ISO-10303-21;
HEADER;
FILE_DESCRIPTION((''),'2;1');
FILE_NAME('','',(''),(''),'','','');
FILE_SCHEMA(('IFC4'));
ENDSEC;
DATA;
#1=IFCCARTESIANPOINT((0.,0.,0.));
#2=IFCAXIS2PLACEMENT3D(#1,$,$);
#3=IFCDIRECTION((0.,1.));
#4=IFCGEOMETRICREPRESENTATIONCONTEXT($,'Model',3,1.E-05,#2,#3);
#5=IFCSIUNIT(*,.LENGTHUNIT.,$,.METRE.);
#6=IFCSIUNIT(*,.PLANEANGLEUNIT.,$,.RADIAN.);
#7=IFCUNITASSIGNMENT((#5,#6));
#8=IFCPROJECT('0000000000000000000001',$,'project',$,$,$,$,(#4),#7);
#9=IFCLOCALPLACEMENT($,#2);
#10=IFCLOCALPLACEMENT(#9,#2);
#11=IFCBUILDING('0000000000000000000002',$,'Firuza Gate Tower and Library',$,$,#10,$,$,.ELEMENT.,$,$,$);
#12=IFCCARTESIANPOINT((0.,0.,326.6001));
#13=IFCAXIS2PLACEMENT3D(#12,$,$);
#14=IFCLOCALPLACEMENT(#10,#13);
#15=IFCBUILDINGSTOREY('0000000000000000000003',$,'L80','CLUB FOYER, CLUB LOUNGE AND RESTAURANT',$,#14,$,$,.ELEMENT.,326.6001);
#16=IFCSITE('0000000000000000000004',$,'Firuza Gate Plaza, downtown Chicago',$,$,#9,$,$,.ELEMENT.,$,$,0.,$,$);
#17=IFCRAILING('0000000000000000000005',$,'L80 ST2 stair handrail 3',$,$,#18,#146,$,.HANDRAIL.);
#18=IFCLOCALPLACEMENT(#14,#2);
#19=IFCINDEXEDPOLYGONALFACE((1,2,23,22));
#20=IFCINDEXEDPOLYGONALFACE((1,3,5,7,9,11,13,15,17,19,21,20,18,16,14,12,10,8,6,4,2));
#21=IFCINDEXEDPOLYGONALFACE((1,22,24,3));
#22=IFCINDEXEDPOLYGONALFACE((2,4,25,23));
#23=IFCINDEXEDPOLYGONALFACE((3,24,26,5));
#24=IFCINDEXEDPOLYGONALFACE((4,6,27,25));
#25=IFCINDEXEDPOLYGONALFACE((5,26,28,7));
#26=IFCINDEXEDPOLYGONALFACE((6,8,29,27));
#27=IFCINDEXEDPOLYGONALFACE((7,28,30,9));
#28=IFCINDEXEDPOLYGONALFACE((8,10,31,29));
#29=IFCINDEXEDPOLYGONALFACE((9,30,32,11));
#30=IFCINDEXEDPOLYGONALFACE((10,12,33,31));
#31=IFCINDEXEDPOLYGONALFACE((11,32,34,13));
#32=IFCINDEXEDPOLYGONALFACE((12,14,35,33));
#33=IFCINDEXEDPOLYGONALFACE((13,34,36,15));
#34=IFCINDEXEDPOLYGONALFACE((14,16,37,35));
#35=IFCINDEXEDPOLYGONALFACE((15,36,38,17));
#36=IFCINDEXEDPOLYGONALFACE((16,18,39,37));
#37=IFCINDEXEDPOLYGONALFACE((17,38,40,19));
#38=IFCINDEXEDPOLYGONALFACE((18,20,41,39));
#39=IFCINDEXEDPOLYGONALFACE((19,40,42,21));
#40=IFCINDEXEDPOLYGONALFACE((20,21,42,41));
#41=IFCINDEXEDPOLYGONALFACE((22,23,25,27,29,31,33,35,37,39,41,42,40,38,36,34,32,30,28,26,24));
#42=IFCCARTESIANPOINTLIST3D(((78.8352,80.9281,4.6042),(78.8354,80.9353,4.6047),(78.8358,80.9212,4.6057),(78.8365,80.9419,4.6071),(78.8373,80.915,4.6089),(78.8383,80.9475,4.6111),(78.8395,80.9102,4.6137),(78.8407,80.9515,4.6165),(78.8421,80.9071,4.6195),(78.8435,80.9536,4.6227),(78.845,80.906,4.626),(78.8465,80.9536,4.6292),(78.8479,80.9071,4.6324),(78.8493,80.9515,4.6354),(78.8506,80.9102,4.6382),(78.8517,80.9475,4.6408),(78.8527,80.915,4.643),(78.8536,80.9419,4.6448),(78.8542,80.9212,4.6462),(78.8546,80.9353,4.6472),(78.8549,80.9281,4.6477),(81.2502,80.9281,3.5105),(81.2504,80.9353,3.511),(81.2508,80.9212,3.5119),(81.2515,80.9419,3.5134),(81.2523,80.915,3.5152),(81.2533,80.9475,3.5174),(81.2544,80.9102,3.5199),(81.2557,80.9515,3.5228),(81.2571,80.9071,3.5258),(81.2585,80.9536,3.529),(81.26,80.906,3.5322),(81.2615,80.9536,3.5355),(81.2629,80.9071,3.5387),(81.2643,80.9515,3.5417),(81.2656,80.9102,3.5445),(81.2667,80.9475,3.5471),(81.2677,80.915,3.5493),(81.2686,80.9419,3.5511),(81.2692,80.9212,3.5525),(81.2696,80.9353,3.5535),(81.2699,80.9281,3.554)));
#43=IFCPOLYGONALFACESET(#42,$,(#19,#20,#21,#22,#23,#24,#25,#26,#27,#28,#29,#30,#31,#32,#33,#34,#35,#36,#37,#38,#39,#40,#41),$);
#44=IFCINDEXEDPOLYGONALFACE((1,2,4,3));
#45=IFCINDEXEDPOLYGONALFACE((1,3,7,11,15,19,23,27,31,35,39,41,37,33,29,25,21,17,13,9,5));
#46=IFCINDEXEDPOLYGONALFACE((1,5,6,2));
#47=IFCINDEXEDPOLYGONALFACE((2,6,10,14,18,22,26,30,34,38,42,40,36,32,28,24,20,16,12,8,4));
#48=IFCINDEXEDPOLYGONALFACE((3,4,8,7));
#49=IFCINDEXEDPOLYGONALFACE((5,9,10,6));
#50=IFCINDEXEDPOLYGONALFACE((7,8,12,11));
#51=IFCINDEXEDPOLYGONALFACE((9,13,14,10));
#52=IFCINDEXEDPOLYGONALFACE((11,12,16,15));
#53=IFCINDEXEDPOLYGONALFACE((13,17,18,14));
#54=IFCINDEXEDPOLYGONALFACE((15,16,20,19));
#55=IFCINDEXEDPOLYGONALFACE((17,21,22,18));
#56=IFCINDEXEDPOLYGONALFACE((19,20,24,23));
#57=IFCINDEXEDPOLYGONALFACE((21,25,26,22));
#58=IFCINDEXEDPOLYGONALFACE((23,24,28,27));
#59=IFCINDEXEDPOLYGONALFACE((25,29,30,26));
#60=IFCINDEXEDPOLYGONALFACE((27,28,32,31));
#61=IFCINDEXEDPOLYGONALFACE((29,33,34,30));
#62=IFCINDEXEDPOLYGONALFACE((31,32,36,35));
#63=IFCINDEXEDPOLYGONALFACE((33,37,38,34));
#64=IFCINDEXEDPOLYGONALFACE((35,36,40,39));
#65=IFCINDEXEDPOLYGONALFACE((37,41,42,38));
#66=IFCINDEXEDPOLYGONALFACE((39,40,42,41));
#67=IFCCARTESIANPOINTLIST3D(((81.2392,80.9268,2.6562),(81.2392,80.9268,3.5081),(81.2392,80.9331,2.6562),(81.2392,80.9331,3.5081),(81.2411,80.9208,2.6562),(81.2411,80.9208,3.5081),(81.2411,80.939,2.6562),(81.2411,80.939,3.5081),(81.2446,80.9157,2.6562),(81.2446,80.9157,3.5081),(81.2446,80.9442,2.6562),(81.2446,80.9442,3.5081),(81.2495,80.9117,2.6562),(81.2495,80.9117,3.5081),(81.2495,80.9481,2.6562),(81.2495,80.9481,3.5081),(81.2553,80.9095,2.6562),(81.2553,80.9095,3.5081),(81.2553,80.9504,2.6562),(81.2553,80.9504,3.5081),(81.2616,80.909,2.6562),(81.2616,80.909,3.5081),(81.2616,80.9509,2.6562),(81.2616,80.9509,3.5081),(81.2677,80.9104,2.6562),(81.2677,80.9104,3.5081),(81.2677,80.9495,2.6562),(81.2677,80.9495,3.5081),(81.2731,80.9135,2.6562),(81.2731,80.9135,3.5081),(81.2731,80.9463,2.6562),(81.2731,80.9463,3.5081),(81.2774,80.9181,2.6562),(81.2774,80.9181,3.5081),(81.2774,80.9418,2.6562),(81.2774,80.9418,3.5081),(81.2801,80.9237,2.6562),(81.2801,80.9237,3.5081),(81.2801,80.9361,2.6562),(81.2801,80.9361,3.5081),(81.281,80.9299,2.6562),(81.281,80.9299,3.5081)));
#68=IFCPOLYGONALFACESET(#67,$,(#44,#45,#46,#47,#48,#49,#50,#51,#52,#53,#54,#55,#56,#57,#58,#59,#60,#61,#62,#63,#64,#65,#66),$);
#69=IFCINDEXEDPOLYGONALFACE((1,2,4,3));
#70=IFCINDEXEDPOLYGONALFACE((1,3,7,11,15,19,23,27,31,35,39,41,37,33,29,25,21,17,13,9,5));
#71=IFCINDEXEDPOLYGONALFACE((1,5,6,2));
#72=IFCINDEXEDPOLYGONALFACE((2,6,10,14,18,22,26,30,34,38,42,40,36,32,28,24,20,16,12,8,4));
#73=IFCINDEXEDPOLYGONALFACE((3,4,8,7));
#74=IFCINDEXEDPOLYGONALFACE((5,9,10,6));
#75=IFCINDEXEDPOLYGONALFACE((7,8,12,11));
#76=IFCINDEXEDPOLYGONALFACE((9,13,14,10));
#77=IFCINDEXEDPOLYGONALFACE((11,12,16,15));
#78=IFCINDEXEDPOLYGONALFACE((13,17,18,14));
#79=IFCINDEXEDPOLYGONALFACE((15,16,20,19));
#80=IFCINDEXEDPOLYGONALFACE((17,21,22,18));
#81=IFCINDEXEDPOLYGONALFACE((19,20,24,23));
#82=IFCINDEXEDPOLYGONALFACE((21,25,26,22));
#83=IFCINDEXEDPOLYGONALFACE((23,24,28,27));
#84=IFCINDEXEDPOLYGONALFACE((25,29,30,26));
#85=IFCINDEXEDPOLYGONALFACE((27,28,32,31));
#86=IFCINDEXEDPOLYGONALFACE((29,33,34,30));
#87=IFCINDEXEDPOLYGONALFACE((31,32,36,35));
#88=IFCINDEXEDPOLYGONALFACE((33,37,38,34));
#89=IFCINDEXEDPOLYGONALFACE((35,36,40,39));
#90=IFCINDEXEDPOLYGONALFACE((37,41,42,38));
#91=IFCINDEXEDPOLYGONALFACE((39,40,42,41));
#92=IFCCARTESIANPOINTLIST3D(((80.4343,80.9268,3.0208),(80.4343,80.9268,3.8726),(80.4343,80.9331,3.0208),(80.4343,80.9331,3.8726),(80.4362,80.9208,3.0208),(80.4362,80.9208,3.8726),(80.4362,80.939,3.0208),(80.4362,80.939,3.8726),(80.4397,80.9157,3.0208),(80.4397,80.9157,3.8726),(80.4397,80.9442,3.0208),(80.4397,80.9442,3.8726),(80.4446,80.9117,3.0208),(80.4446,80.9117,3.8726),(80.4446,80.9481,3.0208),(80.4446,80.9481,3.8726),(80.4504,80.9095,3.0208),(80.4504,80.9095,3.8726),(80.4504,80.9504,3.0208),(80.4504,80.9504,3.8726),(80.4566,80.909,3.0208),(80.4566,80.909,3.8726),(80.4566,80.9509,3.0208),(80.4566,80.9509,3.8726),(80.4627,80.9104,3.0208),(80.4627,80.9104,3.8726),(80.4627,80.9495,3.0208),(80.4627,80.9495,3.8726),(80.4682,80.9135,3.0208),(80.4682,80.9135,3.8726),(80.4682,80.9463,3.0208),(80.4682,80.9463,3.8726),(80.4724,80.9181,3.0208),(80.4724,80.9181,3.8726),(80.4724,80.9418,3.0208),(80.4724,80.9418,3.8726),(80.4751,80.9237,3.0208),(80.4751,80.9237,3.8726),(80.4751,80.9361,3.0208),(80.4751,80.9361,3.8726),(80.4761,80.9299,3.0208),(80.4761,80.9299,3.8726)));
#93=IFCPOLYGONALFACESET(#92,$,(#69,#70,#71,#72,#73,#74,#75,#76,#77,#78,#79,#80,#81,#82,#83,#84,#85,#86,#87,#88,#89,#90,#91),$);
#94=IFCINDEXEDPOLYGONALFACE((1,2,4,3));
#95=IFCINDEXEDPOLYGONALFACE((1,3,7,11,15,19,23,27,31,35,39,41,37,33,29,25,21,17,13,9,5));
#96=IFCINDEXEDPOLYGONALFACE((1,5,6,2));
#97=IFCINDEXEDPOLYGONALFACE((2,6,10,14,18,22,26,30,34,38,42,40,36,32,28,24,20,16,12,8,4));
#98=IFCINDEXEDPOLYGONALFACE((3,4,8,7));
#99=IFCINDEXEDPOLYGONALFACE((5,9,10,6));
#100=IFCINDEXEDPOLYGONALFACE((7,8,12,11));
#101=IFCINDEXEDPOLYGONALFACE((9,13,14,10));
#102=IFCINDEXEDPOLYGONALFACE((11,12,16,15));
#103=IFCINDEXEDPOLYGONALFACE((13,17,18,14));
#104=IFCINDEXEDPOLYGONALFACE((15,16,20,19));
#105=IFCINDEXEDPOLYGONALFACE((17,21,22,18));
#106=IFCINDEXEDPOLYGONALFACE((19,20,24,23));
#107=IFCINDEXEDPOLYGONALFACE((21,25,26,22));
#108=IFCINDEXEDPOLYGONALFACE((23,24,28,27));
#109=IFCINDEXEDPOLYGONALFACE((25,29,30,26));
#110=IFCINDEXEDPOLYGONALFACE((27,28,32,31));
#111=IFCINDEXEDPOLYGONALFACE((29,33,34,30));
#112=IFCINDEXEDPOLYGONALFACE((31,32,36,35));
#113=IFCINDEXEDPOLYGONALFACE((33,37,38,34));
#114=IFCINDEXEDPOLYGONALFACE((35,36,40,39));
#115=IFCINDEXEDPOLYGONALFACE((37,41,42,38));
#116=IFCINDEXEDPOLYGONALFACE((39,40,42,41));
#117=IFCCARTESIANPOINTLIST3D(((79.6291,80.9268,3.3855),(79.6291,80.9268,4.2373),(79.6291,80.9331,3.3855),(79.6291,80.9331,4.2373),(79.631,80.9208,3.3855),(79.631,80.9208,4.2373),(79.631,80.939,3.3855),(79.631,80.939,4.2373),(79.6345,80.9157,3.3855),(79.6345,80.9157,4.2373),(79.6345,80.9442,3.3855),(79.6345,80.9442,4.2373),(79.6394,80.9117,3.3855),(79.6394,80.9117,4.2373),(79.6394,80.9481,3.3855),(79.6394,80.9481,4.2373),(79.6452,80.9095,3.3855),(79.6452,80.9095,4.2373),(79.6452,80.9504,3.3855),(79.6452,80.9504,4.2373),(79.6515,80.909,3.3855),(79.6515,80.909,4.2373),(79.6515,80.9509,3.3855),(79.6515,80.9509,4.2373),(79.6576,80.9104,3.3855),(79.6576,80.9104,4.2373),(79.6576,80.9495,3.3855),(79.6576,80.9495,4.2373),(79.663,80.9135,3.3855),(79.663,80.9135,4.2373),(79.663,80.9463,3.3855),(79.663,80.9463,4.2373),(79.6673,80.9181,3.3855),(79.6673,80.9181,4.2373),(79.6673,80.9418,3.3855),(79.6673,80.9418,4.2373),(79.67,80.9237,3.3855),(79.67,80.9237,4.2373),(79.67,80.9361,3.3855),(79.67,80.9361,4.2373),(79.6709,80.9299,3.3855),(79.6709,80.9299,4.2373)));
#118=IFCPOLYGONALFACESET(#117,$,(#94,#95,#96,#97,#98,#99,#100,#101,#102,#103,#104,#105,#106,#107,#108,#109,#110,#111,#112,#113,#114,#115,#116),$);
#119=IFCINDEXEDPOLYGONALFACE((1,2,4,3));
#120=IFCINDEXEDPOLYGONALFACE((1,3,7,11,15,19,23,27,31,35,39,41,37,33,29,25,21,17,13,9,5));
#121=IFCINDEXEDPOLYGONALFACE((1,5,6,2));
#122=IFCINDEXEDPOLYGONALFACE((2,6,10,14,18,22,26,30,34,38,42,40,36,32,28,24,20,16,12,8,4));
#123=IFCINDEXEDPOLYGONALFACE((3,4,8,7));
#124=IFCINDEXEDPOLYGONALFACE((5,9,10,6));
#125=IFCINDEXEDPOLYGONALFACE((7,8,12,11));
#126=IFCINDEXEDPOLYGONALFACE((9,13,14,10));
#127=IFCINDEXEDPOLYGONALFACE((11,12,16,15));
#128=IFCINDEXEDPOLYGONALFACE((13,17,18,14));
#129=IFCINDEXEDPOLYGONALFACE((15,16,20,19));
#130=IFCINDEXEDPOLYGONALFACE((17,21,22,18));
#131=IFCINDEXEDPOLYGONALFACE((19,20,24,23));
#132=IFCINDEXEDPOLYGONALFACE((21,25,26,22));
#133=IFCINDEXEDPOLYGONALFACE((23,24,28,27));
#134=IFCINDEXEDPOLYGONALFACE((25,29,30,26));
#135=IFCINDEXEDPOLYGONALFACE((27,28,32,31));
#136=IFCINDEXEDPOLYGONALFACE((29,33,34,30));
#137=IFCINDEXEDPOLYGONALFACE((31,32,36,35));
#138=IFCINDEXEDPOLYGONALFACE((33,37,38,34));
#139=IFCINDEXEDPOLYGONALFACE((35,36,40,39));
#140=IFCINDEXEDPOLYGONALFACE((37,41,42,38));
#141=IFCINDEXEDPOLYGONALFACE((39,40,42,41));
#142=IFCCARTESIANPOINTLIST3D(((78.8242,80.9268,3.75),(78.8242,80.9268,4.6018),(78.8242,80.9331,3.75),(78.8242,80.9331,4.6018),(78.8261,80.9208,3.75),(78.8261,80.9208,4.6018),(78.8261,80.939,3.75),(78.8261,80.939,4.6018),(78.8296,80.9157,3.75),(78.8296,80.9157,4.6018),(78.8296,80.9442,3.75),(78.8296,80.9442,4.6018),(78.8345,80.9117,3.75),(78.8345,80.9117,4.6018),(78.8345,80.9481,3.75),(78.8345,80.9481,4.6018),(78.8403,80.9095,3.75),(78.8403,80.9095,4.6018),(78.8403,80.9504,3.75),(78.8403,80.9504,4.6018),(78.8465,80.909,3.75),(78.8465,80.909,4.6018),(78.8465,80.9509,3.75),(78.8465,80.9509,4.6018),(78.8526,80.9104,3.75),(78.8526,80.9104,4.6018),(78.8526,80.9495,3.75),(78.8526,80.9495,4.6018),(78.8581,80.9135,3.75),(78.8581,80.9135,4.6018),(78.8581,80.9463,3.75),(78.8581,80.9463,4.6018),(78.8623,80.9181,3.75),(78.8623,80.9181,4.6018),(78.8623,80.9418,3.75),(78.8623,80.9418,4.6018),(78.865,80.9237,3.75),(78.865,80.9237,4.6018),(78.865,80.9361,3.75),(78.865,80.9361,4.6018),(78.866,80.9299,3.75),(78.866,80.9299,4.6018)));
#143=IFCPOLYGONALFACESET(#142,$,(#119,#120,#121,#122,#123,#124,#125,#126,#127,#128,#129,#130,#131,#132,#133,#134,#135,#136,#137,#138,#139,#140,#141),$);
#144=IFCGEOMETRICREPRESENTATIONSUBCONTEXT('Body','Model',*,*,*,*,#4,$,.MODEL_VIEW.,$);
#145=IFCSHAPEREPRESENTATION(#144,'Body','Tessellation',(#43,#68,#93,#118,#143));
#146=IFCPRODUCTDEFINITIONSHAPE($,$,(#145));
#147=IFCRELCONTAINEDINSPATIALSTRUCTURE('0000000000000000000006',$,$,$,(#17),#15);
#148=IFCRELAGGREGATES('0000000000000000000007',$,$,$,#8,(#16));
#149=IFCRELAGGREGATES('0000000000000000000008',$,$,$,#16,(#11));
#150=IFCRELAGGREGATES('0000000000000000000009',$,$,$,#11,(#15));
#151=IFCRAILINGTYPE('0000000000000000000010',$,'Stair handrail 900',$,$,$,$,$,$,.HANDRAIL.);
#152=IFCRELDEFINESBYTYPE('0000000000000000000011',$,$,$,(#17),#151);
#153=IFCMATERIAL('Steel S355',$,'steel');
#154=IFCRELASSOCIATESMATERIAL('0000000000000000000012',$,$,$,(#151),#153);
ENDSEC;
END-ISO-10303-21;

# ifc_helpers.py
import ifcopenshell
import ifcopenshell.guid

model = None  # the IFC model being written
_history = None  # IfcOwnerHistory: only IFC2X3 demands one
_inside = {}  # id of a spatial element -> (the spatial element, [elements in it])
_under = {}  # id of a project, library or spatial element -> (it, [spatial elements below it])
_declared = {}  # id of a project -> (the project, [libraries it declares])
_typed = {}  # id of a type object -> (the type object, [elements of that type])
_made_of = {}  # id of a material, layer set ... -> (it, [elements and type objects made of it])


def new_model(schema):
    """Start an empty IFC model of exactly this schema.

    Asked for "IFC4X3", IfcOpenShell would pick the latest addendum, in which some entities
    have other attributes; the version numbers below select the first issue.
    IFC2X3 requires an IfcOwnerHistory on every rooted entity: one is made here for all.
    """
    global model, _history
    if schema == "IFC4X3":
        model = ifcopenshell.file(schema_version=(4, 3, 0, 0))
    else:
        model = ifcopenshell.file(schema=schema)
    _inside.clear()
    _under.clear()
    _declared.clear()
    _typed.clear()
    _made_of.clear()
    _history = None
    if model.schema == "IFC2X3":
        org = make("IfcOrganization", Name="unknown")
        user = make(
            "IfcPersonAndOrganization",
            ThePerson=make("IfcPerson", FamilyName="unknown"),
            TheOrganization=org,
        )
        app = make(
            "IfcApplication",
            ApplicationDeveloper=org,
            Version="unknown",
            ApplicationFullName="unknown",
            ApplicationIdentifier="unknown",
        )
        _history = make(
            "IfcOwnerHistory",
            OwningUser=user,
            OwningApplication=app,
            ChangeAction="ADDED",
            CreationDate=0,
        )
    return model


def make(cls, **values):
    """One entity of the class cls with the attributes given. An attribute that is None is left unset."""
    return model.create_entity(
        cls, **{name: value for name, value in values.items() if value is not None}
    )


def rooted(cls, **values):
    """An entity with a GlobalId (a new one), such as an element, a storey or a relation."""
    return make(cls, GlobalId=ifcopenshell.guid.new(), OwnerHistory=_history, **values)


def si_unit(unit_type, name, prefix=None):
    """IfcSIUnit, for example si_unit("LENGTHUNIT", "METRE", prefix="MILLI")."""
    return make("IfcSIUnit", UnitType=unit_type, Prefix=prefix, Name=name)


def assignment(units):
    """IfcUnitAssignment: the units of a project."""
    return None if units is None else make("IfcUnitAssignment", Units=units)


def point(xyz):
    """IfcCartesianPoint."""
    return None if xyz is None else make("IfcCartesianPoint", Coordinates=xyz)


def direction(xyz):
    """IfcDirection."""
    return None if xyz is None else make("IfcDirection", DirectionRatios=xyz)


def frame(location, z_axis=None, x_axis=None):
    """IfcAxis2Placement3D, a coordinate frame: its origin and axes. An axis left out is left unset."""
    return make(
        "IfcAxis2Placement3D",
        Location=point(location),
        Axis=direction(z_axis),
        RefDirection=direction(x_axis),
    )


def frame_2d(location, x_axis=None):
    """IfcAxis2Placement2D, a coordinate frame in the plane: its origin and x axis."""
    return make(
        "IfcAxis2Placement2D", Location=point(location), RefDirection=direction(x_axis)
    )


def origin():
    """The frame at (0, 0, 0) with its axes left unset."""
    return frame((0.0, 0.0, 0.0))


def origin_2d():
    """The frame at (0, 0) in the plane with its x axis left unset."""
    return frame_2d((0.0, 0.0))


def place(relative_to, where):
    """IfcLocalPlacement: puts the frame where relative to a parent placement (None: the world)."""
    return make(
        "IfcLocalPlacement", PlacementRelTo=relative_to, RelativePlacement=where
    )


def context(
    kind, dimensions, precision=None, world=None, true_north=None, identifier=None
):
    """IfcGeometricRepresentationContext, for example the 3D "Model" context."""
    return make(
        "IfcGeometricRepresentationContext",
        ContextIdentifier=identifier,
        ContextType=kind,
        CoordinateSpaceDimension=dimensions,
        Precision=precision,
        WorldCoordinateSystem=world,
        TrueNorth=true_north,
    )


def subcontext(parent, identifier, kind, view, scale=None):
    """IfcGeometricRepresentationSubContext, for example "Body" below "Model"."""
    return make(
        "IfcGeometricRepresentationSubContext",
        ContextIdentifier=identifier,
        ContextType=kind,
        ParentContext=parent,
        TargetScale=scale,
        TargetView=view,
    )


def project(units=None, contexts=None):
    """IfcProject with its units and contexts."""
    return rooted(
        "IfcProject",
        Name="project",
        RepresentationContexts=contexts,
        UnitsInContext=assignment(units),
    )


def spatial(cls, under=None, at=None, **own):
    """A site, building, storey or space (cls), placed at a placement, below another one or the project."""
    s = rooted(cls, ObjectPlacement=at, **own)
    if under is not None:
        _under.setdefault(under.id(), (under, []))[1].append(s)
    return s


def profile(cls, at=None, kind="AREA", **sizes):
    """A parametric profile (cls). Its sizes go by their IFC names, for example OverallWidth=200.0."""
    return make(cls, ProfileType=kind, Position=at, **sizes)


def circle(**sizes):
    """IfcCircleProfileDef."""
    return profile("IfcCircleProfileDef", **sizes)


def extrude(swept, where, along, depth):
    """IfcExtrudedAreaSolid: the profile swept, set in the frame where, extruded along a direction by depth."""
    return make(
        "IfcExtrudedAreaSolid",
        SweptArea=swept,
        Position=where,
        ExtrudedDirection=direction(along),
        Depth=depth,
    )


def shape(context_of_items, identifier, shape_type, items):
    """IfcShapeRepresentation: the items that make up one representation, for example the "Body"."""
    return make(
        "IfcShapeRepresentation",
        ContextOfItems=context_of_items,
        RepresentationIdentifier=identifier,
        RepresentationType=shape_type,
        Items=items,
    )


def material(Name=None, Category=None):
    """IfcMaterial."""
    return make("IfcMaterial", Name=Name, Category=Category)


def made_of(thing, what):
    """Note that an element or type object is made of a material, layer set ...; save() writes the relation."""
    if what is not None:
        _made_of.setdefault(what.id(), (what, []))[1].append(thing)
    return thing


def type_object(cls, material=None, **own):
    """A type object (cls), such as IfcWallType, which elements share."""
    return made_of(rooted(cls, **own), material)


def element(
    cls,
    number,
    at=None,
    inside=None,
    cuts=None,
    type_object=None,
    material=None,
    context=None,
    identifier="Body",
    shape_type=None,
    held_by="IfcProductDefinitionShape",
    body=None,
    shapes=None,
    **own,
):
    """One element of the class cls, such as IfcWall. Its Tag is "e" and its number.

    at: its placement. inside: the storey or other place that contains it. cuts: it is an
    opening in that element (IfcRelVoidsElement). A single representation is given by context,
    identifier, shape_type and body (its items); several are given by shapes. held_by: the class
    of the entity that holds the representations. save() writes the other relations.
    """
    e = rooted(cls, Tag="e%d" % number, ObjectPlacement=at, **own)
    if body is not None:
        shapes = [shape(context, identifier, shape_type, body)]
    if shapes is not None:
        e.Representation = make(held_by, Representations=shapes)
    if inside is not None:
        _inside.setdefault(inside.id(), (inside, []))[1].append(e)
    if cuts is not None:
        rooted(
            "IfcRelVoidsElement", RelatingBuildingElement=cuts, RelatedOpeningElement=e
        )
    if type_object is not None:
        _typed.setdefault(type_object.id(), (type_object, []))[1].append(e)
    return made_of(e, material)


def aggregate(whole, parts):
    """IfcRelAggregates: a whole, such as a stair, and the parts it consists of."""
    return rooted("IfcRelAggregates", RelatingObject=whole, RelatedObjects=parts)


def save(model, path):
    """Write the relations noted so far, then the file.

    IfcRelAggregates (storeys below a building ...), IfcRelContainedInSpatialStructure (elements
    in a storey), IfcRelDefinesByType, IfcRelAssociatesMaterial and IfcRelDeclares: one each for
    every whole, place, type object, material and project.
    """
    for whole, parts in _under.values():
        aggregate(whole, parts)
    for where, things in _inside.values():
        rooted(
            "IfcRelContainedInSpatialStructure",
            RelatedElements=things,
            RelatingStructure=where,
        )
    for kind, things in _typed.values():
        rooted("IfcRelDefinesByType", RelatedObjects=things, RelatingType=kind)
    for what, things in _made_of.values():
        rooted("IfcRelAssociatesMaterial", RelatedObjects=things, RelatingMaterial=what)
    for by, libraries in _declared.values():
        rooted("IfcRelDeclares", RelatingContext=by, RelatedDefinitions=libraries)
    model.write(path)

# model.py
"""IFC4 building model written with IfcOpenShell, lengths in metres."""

from ifc_helpers import new_model, si_unit, direction, frame, origin, origin_2d, place, context, subcontext, project, spatial, circle, extrude, material, type_object, element, save


model = new_model("IFC4")

# Units and contexts
model_context = context("Model", 3, precision=1e-05, world=origin(), true_north=direction((0.0, 1.0)))
body_context = subcontext(model_context, "Body", "Model", "MODEL_VIEW")
ifc_project = project(units=[si_unit("LENGTHUNIT", "METRE"), si_unit("PLANEANGLEUNIT", "RADIAN")], contexts=[model_context])

# Site, building, storey
site_placement = place(None, origin())
site = spatial("IfcSite", under=ifc_project, at=site_placement, Name="Firuza Gate Plaza, downtown Chicago", CompositionType="ELEMENT", RefElevation=0.0)
building_placement = place(site_placement, origin())
building = spatial("IfcBuilding", under=site, at=building_placement, Name="Firuza Gate Tower and Library", CompositionType="ELEMENT")
storey_placement = place(building_placement, frame((0.0, 0.0, 326.6001)))
storey = spatial("IfcBuildingStorey", under=building, at=storey_placement, Name="L80", Description="CLUB FOYER, CLUB LOUNGE AND RESTAURANT", CompositionType="ELEMENT", Elevation=326.6001)

# Railing
ifc_material_1 = material(Name="Steel S355", Category="steel")
railing_type_1 = type_object("IfcRailingType", Name="Stair handrail 900", PredefinedType="HANDRAIL", material=ifc_material_1)
railing_1_placement = place(storey_placement, frame((81.26, 80.9299, 2.6562)))
element("IfcRailing", 1, at=railing_1_placement, inside=storey, type_object=railing_type_1, Name="L80 ST2 stair handrail 3", PredefinedType="HANDRAIL", context=body_context, shape_type="SweptSolid", body=[
    extrude(circle(Radius=0.0239, at=origin_2d()), frame((0.0, 0.0, 0.876), z_axis=(-0.910933, 0.0, 0.412554), x_axis=(0.0, -1.0, 0.0)), (0.0, 0.0, 1.0), 2.6511),
    extrude(circle(Radius=0.021, at=origin_2d()), origin(), (0.0, 0.0, 1.0), 0.8518),
    extrude(circle(Radius=0.021, at=origin_2d()), frame((-0.8049, 0.0, 0.3645)), (0.0, 0.0, 1.0), 0.8518),
    extrude(circle(Radius=0.021, at=origin_2d()), frame((-1.6101, 0.0, 0.7292)), (0.0, 0.0, 1.0), 0.8518),
    extrude(circle(Radius=0.021, at=origin_2d()), frame((-2.415, 0.0, 1.0938)), (0.0, 0.0, 1.0), 0.8518),
])

save(model, "model.ifc")
